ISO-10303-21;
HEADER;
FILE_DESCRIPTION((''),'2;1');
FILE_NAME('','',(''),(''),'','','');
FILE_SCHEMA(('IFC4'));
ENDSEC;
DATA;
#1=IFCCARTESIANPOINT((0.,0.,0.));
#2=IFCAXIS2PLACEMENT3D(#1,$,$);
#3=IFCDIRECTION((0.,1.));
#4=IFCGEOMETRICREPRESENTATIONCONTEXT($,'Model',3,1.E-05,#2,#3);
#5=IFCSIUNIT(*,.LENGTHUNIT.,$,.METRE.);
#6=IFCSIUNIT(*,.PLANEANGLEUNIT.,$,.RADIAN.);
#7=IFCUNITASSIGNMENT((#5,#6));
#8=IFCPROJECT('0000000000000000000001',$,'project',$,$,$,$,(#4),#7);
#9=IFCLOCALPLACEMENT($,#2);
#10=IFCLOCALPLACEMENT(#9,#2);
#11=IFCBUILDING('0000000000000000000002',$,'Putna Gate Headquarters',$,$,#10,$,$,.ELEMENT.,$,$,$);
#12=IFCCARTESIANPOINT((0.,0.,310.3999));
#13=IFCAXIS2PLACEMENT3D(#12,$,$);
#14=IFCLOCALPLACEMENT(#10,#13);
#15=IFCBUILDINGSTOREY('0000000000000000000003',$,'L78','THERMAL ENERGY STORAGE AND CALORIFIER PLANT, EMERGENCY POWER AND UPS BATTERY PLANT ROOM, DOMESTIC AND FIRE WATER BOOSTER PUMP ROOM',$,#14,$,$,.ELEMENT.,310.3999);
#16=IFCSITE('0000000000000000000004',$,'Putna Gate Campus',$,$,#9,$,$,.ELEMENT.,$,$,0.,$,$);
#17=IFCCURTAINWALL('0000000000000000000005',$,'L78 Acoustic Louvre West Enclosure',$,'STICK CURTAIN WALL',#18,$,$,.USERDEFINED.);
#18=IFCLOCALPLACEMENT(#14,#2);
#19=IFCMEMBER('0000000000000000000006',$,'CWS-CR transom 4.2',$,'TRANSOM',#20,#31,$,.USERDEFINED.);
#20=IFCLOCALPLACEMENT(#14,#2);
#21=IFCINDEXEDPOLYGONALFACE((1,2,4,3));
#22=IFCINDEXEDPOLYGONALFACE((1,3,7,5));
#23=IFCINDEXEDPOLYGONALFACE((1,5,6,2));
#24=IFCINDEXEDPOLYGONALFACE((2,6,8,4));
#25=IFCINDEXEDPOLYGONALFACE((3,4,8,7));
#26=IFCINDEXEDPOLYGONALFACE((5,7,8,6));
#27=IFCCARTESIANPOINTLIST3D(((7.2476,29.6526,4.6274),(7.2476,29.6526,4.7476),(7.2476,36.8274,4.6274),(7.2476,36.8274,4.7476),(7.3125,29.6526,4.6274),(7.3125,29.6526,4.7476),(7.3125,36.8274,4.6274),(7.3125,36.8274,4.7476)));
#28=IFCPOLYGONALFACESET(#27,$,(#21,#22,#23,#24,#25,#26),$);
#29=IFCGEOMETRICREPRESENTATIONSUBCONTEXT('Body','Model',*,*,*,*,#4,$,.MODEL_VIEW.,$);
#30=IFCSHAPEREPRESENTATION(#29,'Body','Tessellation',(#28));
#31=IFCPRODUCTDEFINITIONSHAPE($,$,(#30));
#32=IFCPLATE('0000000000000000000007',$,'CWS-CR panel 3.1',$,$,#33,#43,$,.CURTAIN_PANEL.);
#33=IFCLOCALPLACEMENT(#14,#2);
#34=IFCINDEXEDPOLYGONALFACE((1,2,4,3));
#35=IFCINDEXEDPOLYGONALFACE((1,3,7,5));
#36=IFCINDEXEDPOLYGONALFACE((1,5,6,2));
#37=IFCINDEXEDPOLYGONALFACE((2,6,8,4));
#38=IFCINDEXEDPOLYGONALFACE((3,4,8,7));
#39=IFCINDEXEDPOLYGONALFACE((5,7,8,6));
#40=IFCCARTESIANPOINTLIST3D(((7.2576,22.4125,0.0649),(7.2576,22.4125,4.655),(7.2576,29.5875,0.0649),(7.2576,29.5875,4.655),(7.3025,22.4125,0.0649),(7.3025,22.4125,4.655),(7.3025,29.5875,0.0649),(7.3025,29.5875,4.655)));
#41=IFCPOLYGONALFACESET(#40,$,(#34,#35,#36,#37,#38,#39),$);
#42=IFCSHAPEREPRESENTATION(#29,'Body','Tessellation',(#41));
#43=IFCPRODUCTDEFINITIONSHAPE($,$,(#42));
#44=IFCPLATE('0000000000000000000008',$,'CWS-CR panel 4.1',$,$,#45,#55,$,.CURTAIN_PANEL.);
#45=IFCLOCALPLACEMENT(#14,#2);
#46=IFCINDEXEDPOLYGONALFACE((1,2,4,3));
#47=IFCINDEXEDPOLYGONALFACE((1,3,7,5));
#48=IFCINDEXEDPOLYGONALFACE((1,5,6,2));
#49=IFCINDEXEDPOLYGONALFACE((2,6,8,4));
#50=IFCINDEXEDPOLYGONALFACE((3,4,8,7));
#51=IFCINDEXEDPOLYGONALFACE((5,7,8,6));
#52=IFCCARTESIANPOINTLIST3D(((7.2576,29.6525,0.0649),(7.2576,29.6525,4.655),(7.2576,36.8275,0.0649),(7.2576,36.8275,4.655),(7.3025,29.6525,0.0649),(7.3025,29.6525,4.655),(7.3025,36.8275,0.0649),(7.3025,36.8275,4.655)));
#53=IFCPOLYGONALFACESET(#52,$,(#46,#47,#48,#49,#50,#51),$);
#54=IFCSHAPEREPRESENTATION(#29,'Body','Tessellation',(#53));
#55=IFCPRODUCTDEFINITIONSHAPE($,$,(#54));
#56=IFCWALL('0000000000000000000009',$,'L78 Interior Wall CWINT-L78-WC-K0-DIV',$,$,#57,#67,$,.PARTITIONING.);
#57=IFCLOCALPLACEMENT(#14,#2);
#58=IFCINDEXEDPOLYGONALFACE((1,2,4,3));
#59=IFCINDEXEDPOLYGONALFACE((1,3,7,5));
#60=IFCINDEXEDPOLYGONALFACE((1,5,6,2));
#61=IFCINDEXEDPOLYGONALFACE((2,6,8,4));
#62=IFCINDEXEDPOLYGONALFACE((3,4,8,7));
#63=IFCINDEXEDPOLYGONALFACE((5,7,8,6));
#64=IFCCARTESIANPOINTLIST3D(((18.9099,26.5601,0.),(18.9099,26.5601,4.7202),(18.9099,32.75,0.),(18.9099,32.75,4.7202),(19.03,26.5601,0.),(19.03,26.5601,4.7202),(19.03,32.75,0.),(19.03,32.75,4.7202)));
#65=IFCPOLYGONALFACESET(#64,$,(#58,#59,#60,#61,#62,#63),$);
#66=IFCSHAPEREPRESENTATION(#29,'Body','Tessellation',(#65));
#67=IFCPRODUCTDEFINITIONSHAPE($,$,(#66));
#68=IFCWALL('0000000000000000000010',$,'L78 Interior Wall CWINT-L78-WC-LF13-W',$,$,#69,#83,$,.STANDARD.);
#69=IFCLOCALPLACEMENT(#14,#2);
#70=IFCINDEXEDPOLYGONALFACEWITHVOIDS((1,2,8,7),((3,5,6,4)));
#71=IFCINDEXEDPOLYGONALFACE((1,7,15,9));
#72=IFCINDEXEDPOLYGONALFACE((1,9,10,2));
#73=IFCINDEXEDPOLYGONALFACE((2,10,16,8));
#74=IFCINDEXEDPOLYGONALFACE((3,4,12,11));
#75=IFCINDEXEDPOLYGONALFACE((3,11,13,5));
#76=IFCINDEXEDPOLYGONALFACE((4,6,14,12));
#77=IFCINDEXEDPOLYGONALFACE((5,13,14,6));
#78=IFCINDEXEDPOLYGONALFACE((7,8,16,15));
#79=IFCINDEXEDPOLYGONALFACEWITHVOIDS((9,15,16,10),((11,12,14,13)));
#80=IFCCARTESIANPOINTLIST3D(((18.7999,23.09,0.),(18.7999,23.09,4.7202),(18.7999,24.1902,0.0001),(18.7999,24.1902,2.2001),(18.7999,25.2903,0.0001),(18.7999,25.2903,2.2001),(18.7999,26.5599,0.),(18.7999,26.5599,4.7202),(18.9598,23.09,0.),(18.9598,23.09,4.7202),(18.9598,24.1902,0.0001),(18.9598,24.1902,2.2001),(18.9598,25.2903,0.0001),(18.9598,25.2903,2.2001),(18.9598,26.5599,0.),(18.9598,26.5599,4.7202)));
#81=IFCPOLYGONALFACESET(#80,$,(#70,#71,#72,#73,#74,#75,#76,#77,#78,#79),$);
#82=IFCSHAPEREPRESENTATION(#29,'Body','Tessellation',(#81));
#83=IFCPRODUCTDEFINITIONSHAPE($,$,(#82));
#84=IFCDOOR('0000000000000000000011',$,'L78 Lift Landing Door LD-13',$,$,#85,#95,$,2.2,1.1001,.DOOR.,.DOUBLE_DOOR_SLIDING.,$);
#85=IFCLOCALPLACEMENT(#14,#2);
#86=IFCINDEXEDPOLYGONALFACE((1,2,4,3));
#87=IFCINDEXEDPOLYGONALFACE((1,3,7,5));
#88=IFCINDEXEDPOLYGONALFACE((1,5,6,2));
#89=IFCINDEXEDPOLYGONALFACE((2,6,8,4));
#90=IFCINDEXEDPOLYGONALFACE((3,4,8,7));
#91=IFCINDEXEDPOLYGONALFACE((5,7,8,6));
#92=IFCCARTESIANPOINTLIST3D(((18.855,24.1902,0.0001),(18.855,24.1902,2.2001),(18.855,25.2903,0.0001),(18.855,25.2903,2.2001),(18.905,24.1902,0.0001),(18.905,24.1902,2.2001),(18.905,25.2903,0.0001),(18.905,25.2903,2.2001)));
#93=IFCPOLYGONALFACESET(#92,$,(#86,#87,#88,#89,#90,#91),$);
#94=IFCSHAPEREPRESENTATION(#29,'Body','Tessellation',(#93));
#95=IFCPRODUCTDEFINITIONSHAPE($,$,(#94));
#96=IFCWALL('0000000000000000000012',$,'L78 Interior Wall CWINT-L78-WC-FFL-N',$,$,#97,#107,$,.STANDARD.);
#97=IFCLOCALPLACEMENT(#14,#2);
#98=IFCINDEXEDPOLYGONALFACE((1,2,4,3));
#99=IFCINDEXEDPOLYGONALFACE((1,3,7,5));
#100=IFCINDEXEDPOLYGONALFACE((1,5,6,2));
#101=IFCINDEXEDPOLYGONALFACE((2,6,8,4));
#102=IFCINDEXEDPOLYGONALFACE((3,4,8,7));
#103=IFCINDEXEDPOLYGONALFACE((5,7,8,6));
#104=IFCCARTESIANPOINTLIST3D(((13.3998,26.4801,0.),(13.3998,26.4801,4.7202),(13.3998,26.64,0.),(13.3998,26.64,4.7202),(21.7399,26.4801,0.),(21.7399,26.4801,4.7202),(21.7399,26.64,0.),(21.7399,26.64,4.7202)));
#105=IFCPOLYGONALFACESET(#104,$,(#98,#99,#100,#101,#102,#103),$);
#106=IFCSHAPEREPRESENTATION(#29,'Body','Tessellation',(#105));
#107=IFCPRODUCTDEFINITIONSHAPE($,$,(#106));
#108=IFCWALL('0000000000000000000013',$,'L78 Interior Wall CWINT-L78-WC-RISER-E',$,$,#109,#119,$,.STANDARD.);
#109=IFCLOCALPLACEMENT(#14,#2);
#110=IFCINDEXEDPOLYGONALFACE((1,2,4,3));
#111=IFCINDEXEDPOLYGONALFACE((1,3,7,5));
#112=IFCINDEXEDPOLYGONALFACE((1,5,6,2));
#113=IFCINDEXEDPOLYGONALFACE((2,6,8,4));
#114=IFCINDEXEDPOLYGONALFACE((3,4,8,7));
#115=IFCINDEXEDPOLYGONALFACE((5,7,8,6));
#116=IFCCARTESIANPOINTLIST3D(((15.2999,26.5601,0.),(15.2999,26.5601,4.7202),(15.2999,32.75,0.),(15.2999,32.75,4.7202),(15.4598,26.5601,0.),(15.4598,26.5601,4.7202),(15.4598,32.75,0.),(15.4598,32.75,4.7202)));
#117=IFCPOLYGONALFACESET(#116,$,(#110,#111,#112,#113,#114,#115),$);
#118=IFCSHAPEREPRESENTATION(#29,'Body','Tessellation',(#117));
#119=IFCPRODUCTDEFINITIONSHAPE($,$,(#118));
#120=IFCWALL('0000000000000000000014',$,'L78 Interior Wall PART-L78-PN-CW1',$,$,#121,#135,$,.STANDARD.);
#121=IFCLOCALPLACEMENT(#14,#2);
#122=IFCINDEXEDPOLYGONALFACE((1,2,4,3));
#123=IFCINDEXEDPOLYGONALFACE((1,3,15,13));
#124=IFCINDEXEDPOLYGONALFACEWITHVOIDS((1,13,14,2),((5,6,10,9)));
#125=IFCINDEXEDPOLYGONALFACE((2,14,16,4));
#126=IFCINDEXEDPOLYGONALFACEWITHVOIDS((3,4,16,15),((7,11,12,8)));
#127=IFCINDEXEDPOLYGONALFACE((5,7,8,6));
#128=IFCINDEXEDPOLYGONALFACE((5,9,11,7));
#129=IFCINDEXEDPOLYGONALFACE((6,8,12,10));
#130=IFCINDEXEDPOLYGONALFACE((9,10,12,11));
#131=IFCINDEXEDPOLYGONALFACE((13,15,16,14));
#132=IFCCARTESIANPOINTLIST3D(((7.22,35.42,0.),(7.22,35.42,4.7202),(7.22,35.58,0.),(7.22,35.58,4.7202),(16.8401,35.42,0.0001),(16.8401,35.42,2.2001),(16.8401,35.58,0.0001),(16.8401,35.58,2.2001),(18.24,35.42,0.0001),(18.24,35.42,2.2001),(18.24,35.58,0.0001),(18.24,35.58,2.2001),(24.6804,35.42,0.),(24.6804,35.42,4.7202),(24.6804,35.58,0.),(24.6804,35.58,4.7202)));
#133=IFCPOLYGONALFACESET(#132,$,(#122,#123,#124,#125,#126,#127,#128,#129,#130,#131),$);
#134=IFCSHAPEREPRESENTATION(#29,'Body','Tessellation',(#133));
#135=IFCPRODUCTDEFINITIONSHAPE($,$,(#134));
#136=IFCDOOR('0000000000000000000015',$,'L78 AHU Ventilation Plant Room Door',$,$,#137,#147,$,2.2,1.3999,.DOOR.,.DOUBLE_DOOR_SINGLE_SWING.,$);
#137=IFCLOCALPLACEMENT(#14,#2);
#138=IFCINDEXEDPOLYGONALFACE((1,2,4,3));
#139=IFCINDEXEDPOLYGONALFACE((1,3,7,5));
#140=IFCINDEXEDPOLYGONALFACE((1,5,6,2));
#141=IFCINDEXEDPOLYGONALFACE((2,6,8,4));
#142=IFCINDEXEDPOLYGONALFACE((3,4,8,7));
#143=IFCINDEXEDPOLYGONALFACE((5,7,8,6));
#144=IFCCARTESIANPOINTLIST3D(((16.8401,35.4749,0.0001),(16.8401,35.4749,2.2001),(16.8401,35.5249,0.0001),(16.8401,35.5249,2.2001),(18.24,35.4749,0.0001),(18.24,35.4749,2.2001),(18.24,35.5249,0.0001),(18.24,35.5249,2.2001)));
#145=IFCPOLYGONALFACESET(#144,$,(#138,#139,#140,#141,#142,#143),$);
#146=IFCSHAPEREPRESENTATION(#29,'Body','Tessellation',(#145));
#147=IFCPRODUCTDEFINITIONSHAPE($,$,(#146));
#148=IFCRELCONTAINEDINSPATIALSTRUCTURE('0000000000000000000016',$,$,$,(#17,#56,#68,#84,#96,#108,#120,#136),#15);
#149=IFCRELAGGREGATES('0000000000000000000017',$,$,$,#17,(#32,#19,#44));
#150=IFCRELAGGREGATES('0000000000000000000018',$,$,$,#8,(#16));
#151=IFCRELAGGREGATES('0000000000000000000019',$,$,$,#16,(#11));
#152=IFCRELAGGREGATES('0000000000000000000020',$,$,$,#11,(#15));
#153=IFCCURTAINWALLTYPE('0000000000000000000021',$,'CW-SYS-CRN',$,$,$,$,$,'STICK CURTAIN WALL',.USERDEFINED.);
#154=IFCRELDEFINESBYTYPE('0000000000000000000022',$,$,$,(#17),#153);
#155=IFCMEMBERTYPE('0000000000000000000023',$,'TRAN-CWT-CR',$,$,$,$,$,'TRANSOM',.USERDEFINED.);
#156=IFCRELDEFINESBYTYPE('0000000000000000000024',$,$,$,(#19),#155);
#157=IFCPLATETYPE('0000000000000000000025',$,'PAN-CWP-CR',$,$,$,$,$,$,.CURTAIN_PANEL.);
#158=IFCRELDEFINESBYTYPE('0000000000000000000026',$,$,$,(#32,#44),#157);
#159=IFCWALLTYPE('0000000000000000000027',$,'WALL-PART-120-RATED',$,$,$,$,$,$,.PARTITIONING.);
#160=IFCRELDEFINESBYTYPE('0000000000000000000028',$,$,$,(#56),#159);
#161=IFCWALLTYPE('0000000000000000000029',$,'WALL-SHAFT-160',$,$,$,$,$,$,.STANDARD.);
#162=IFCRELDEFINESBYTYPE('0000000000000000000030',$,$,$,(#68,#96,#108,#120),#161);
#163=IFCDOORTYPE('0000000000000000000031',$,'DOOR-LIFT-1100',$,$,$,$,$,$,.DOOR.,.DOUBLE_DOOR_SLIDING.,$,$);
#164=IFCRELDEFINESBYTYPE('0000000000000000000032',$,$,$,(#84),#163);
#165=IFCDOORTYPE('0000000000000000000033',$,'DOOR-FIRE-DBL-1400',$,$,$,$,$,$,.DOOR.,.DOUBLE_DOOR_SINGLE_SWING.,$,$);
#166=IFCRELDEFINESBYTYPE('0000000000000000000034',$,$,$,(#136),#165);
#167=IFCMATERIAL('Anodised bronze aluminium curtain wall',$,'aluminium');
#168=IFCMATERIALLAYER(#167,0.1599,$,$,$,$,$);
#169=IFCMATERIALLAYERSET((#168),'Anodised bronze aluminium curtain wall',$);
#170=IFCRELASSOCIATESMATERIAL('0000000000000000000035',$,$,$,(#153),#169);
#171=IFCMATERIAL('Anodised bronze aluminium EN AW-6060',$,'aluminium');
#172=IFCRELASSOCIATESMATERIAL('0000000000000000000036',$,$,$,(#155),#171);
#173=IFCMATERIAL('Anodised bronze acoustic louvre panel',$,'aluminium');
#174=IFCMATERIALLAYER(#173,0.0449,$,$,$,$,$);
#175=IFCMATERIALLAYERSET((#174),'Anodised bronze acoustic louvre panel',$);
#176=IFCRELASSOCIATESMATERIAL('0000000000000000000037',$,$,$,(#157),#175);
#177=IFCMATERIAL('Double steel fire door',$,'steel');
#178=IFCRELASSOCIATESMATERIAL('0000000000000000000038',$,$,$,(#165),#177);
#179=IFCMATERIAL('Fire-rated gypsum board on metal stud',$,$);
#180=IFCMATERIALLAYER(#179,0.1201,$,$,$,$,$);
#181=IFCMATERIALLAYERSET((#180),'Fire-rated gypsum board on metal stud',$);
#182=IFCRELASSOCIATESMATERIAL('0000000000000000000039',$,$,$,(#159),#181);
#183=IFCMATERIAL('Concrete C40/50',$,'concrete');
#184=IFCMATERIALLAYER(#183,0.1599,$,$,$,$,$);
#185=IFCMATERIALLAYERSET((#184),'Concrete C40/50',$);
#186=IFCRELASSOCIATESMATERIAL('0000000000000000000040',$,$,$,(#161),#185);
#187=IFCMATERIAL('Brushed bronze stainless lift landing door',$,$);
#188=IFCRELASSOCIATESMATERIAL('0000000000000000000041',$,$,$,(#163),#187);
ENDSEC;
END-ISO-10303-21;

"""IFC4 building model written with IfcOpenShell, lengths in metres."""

from ifc_helpers import new_model, si_unit, direction, frame, frame_2d, origin, origin_2d, place, context, subcontext, project, spatial, rectangle, extrude, material, layer, layer_set, material_profile, profile_set, type_object, element, fill, aggregate, save


model = new_model("IFC4")

# Units and contexts
model_context = context("Model", 3, precision=1e-05, world=origin(), true_north=direction((0.0, 1.0)))
body_context = subcontext(model_context, "Body", "Model", "MODEL_VIEW")
ifc_project = project(units=[si_unit("LENGTHUNIT", "METRE"), si_unit("PLANEANGLEUNIT", "RADIAN")], contexts=[model_context])

# Site, building, storey
site_placement = place(None, origin())
site = spatial("IfcSite", under=ifc_project, at=site_placement, Name="Putna Gate Campus", CompositionType="ELEMENT", RefElevation=0.0)
building_placement = place(site_placement, origin())
building = spatial("IfcBuilding", under=site, at=building_placement, Name="Putna Gate Headquarters", CompositionType="ELEMENT")
storey_placement = place(building_placement, frame((0.0, 0.0, 310.3999)))
storey = spatial("IfcBuildingStorey", under=building, at=storey_placement, Name="L78", Description="THERMAL ENERGY STORAGE AND CALORIFIER PLANT, EMERGENCY POWER AND UPS BATTERY PLANT ROOM, DOMESTIC AND FIRE WATER BOOSTER PUMP ROOM", CompositionType="ELEMENT", Elevation=310.3999)

# Curtain wall, member, plates
ifc_material_1 = material(Name="Anodised bronze aluminium curtain wall", Category="aluminium")
ifc_layer_1 = layer(ifc_material_1, 0.1599)
ifc_layer_set_1 = layer_set([ifc_layer_1], Name="Anodised bronze aluminium curtain wall")
curtain_wall_type = type_object("IfcCurtainWallType", Name="CW-SYS-CRN", ElementType="STICK CURTAIN WALL", PredefinedType="USERDEFINED", material=ifc_layer_set_1)
curtain_wall_placement = place(storey_placement, origin())
curtain_wall = element("IfcCurtainWall", 1, at=curtain_wall_placement, inside=storey, type_object=curtain_wall_type, Name="L78 Acoustic Louvre West Enclosure", ObjectType="STICK CURTAIN WALL", PredefinedType="USERDEFINED")
ifc_material_2 = material(Name="Anodised bronze aluminium EN AW-6060", Category="aluminium")
ifc_material_profile_1 = material_profile(ifc_material_2, rectangle(XDim=0.0649, YDim=0.1201, at=origin_2d()), Name="Anodised bronze aluminium EN AW-6060")
ifc_profile_set_1 = profile_set([ifc_material_profile_1], Name="Anodised bronze aluminium EN AW-6060")
member_type_1 = type_object("IfcMemberType", Name="TRAN-CWT-CR", ElementType="TRANSOM", PredefinedType="USERDEFINED", material=ifc_profile_set_1)
member_1_placement = place(storey_placement, frame((7.28, 29.6526, 4.6875), z_axis=(0.0, 1.0, 0.0), x_axis=(-1.0, 0.0, 0.0)))
member_1 = element("IfcMember", 2, at=member_1_placement, type_object=member_type_1, Name="CWS-CR transom 4.2", ObjectType="TRANSOM", PredefinedType="USERDEFINED", context=body_context, shape_type="SweptSolid", body=[
    extrude(rectangle(XDim=0.0649, YDim=0.1201, at=origin_2d()), origin(), (0.0, 0.0, 1.0), 7.1748),
])
ifc_material_3 = material(Name="Anodised bronze acoustic louvre panel", Category="aluminium")
ifc_layer_2 = layer(ifc_material_3, 0.0449)
ifc_layer_set_2 = layer_set([ifc_layer_2], Name="Anodised bronze acoustic louvre panel")
plate_type = type_object("IfcPlateType", Name="PAN-CWP-CR", PredefinedType="CURTAIN_PANEL", material=ifc_layer_set_2)
plate_1_placement = place(storey_placement, frame((7.28, 26.0, 0.0649), z_axis=(0.0, 0.0, 1.0), x_axis=(0.0, 1.0, 0.0)))
plate_1 = element("IfcPlate", 3, at=plate_1_placement, type_object=plate_type, Name="CWS-CR panel 3.1", PredefinedType="CURTAIN_PANEL", context=body_context, shape_type="SweptSolid", body=[
    extrude(rectangle(XDim=7.175, YDim=0.0449, at=origin_2d()), origin(), (0.0, 0.0, 1.0), 4.5901),
])
plate_2_placement = place(storey_placement, frame((7.28, 33.24, 0.0649), z_axis=(0.0, 0.0, 1.0), x_axis=(0.0, 1.0, 0.0)))
plate_2 = element("IfcPlate", 4, at=plate_2_placement, type_object=plate_type, Name="CWS-CR panel 4.1", PredefinedType="CURTAIN_PANEL", context=body_context, shape_type="SweptSolid", body=[
    extrude(rectangle(XDim=7.175, YDim=0.0449, at=origin_2d()), origin(), (0.0, 0.0, 1.0), 4.5901),
])
aggregate(curtain_wall, [plate_1, member_1, plate_2])

# Shared definitions
ifc_material_4 = material(Name="Double steel fire door", Category="steel")
door_type_1 = type_object("IfcDoorType", Name="DOOR-FIRE-DBL-1400", OperationType="DOUBLE_DOOR_SINGLE_SWING", PredefinedType="DOOR", material=ifc_material_4)

# Wall
ifc_material_5 = material(Name="Fire-rated gypsum board on metal stud")
ifc_layer_3 = layer(ifc_material_5, 0.1201)
ifc_layer_set_3 = layer_set([ifc_layer_3], Name="Fire-rated gypsum board on metal stud")
wall_type_1 = type_object("IfcWallType", Name="WALL-PART-120-RATED", PredefinedType="PARTITIONING", material=ifc_layer_set_3)
wall_1_placement = place(storey_placement, frame((18.97, 26.5601, 0.0), z_axis=(0.0, 0.0, 1.0), x_axis=(0.0, 1.0, 0.0)))
element("IfcWall", 5, at=wall_1_placement, inside=storey, type_object=wall_type_1, Name="L78 Interior Wall CWINT-L78-WC-K0-DIV", PredefinedType="PARTITIONING", context=body_context, shape_type="SweptSolid", body=[
    extrude(rectangle(XDim=6.1899, YDim=0.1201, at=frame_2d((3.095, 0.0))), origin(), (0.0, 0.0, 1.0), 4.7202),
])

# Wall, opening, door
ifc_material_6 = material(Name="Concrete C40/50", Category="concrete")
ifc_layer_4 = layer(ifc_material_6, 0.1599)
ifc_layer_set_4 = layer_set([ifc_layer_4], Name="Concrete C40/50")
wall_type_2 = type_object("IfcWallType", Name="WALL-SHAFT-160", PredefinedType="STANDARD", material=ifc_layer_set_4)
wall_2_placement = place(storey_placement, frame((18.8799, 23.0901, 0.0), z_axis=(0.0, 0.0, 1.0), x_axis=(0.0, 1.0, 0.0)))
wall_2 = element("IfcWall", 6, at=wall_2_placement, inside=storey, type_object=wall_type_2, Name="L78 Interior Wall CWINT-L78-WC-LF13-W", PredefinedType="STANDARD", context=body_context, shape_type="SweptSolid", body=[
    extrude(rectangle(XDim=3.47, YDim=0.1599, at=frame_2d((1.7349, 0.0))), origin(), (0.0, 0.0, 1.0), 4.7202),
])
opening_1_placement = place(wall_2_placement, frame((1.1001, 0.0, 0.0)))
opening_1 = element("IfcOpeningElement", 7, at=opening_1_placement, cuts=wall_2, PredefinedType="OPENING", context=body_context, shape_type="SweptSolid", body=[
    extrude(rectangle(XDim=1.1001, YDim=2.2, at=frame_2d((0.55, 1.1001))), frame((0.0, 0.0898, 0.0), z_axis=(0.0, -1.0, 0.0), x_axis=(1.0, 0.0, 0.0)), (0.0, 0.0, 1.0), 0.1799),
])
ifc_material_7 = material(Name="Brushed bronze stainless lift landing door")
door_type_2 = type_object("IfcDoorType", Name="DOOR-LIFT-1100", OperationType="DOUBLE_DOOR_SLIDING", PredefinedType="DOOR", material=ifc_material_7)
door_1_placement = place(opening_1_placement, origin())
door_1 = element("IfcDoor", 8, at=door_1_placement, inside=storey, type_object=door_type_2, Name="L78 Lift Landing Door LD-13", OperationType="DOUBLE_DOOR_SLIDING", OverallHeight=2.2, OverallWidth=1.1001, PredefinedType="DOOR", context=body_context, shape_type="SweptSolid", body=[
    extrude(rectangle(XDim=1.1001, YDim=2.2, at=frame_2d((0.55, 1.1001))), frame((0.0, 0.0249, 0.0), z_axis=(0.0, -1.0, 0.0), x_axis=(1.0, 0.0, 0.0)), (0.0, 0.0, 1.0), 0.05),
])
fill(opening_1, door_1)

# Walls
wall_3_placement = place(storey_placement, frame((13.3999, 26.5601, 0.0), z_axis=(0.0, 0.0, 1.0), x_axis=(1.0, 0.0, 0.0)))
element("IfcWall", 9, at=wall_3_placement, inside=storey, type_object=wall_type_2, Name="L78 Interior Wall CWINT-L78-WC-FFL-N", PredefinedType="STANDARD", context=body_context, shape_type="SweptSolid", body=[
    extrude(rectangle(XDim=8.3401, YDim=0.1599, at=frame_2d((4.1699, 0.0))), origin(), (0.0, 0.0, 1.0), 4.7202),
])
wall_4_placement = place(storey_placement, frame((15.3799, 26.5601, 0.0), z_axis=(0.0, 0.0, 1.0), x_axis=(0.0, 1.0, 0.0)))
element("IfcWall", 10, at=wall_4_placement, inside=storey, type_object=wall_type_2, Name="L78 Interior Wall CWINT-L78-WC-RISER-E", PredefinedType="STANDARD", context=body_context, shape_type="SweptSolid", body=[
    extrude(rectangle(XDim=6.1899, YDim=0.1599, at=frame_2d((3.095, 0.0))), origin(), (0.0, 0.0, 1.0), 4.7202),
])

# Wall, opening, door
wall_5_placement = place(storey_placement, frame((7.22, 35.5, 0.0), z_axis=(0.0, 0.0, 1.0), x_axis=(1.0, 0.0, 0.0)))
wall_5 = element("IfcWall", 11, at=wall_5_placement, inside=storey, type_object=wall_type_2, Name="L78 Interior Wall PART-L78-PN-CW1", PredefinedType="STANDARD", context=body_context, shape_type="SweptSolid", body=[
    extrude(rectangle(XDim=17.4604, YDim=0.1599, at=frame_2d((8.7302, 0.0))), origin(), (0.0, 0.0, 1.0), 4.7202),
])
opening_2_placement = place(wall_5_placement, frame((9.6201, 0.0, 0.0)))
opening_2 = element("IfcOpeningElement", 12, at=opening_2_placement, cuts=wall_5, PredefinedType="OPENING", context=body_context, shape_type="SweptSolid", body=[
    extrude(rectangle(XDim=1.3999, YDim=2.2, at=frame_2d((0.7, 1.1001))), frame((0.0, 0.0898, 0.0), z_axis=(0.0, -1.0, 0.0), x_axis=(1.0, 0.0, 0.0)), (0.0, 0.0, 1.0), 0.1799),
])
door_2_placement = place(opening_2_placement, origin())
door_2 = element("IfcDoor", 13, at=door_2_placement, inside=storey, type_object=door_type_1, Name="L78 AHU Ventilation Plant Room Door", OperationType="DOUBLE_DOOR_SINGLE_SWING", OverallHeight=2.2, OverallWidth=1.3999, PredefinedType="DOOR", context=body_context, shape_type="SweptSolid", body=[
    extrude(rectangle(XDim=1.3999, YDim=2.2, at=frame_2d((0.7, 1.1001))), frame((0.0, 0.0249, 0.0), z_axis=(0.0, -1.0, 0.0), x_axis=(1.0, 0.0, 0.0)), (0.0, 0.0, 1.0), 0.05),
])
fill(opening_2, door_2)

save(model, "model.ifc")
